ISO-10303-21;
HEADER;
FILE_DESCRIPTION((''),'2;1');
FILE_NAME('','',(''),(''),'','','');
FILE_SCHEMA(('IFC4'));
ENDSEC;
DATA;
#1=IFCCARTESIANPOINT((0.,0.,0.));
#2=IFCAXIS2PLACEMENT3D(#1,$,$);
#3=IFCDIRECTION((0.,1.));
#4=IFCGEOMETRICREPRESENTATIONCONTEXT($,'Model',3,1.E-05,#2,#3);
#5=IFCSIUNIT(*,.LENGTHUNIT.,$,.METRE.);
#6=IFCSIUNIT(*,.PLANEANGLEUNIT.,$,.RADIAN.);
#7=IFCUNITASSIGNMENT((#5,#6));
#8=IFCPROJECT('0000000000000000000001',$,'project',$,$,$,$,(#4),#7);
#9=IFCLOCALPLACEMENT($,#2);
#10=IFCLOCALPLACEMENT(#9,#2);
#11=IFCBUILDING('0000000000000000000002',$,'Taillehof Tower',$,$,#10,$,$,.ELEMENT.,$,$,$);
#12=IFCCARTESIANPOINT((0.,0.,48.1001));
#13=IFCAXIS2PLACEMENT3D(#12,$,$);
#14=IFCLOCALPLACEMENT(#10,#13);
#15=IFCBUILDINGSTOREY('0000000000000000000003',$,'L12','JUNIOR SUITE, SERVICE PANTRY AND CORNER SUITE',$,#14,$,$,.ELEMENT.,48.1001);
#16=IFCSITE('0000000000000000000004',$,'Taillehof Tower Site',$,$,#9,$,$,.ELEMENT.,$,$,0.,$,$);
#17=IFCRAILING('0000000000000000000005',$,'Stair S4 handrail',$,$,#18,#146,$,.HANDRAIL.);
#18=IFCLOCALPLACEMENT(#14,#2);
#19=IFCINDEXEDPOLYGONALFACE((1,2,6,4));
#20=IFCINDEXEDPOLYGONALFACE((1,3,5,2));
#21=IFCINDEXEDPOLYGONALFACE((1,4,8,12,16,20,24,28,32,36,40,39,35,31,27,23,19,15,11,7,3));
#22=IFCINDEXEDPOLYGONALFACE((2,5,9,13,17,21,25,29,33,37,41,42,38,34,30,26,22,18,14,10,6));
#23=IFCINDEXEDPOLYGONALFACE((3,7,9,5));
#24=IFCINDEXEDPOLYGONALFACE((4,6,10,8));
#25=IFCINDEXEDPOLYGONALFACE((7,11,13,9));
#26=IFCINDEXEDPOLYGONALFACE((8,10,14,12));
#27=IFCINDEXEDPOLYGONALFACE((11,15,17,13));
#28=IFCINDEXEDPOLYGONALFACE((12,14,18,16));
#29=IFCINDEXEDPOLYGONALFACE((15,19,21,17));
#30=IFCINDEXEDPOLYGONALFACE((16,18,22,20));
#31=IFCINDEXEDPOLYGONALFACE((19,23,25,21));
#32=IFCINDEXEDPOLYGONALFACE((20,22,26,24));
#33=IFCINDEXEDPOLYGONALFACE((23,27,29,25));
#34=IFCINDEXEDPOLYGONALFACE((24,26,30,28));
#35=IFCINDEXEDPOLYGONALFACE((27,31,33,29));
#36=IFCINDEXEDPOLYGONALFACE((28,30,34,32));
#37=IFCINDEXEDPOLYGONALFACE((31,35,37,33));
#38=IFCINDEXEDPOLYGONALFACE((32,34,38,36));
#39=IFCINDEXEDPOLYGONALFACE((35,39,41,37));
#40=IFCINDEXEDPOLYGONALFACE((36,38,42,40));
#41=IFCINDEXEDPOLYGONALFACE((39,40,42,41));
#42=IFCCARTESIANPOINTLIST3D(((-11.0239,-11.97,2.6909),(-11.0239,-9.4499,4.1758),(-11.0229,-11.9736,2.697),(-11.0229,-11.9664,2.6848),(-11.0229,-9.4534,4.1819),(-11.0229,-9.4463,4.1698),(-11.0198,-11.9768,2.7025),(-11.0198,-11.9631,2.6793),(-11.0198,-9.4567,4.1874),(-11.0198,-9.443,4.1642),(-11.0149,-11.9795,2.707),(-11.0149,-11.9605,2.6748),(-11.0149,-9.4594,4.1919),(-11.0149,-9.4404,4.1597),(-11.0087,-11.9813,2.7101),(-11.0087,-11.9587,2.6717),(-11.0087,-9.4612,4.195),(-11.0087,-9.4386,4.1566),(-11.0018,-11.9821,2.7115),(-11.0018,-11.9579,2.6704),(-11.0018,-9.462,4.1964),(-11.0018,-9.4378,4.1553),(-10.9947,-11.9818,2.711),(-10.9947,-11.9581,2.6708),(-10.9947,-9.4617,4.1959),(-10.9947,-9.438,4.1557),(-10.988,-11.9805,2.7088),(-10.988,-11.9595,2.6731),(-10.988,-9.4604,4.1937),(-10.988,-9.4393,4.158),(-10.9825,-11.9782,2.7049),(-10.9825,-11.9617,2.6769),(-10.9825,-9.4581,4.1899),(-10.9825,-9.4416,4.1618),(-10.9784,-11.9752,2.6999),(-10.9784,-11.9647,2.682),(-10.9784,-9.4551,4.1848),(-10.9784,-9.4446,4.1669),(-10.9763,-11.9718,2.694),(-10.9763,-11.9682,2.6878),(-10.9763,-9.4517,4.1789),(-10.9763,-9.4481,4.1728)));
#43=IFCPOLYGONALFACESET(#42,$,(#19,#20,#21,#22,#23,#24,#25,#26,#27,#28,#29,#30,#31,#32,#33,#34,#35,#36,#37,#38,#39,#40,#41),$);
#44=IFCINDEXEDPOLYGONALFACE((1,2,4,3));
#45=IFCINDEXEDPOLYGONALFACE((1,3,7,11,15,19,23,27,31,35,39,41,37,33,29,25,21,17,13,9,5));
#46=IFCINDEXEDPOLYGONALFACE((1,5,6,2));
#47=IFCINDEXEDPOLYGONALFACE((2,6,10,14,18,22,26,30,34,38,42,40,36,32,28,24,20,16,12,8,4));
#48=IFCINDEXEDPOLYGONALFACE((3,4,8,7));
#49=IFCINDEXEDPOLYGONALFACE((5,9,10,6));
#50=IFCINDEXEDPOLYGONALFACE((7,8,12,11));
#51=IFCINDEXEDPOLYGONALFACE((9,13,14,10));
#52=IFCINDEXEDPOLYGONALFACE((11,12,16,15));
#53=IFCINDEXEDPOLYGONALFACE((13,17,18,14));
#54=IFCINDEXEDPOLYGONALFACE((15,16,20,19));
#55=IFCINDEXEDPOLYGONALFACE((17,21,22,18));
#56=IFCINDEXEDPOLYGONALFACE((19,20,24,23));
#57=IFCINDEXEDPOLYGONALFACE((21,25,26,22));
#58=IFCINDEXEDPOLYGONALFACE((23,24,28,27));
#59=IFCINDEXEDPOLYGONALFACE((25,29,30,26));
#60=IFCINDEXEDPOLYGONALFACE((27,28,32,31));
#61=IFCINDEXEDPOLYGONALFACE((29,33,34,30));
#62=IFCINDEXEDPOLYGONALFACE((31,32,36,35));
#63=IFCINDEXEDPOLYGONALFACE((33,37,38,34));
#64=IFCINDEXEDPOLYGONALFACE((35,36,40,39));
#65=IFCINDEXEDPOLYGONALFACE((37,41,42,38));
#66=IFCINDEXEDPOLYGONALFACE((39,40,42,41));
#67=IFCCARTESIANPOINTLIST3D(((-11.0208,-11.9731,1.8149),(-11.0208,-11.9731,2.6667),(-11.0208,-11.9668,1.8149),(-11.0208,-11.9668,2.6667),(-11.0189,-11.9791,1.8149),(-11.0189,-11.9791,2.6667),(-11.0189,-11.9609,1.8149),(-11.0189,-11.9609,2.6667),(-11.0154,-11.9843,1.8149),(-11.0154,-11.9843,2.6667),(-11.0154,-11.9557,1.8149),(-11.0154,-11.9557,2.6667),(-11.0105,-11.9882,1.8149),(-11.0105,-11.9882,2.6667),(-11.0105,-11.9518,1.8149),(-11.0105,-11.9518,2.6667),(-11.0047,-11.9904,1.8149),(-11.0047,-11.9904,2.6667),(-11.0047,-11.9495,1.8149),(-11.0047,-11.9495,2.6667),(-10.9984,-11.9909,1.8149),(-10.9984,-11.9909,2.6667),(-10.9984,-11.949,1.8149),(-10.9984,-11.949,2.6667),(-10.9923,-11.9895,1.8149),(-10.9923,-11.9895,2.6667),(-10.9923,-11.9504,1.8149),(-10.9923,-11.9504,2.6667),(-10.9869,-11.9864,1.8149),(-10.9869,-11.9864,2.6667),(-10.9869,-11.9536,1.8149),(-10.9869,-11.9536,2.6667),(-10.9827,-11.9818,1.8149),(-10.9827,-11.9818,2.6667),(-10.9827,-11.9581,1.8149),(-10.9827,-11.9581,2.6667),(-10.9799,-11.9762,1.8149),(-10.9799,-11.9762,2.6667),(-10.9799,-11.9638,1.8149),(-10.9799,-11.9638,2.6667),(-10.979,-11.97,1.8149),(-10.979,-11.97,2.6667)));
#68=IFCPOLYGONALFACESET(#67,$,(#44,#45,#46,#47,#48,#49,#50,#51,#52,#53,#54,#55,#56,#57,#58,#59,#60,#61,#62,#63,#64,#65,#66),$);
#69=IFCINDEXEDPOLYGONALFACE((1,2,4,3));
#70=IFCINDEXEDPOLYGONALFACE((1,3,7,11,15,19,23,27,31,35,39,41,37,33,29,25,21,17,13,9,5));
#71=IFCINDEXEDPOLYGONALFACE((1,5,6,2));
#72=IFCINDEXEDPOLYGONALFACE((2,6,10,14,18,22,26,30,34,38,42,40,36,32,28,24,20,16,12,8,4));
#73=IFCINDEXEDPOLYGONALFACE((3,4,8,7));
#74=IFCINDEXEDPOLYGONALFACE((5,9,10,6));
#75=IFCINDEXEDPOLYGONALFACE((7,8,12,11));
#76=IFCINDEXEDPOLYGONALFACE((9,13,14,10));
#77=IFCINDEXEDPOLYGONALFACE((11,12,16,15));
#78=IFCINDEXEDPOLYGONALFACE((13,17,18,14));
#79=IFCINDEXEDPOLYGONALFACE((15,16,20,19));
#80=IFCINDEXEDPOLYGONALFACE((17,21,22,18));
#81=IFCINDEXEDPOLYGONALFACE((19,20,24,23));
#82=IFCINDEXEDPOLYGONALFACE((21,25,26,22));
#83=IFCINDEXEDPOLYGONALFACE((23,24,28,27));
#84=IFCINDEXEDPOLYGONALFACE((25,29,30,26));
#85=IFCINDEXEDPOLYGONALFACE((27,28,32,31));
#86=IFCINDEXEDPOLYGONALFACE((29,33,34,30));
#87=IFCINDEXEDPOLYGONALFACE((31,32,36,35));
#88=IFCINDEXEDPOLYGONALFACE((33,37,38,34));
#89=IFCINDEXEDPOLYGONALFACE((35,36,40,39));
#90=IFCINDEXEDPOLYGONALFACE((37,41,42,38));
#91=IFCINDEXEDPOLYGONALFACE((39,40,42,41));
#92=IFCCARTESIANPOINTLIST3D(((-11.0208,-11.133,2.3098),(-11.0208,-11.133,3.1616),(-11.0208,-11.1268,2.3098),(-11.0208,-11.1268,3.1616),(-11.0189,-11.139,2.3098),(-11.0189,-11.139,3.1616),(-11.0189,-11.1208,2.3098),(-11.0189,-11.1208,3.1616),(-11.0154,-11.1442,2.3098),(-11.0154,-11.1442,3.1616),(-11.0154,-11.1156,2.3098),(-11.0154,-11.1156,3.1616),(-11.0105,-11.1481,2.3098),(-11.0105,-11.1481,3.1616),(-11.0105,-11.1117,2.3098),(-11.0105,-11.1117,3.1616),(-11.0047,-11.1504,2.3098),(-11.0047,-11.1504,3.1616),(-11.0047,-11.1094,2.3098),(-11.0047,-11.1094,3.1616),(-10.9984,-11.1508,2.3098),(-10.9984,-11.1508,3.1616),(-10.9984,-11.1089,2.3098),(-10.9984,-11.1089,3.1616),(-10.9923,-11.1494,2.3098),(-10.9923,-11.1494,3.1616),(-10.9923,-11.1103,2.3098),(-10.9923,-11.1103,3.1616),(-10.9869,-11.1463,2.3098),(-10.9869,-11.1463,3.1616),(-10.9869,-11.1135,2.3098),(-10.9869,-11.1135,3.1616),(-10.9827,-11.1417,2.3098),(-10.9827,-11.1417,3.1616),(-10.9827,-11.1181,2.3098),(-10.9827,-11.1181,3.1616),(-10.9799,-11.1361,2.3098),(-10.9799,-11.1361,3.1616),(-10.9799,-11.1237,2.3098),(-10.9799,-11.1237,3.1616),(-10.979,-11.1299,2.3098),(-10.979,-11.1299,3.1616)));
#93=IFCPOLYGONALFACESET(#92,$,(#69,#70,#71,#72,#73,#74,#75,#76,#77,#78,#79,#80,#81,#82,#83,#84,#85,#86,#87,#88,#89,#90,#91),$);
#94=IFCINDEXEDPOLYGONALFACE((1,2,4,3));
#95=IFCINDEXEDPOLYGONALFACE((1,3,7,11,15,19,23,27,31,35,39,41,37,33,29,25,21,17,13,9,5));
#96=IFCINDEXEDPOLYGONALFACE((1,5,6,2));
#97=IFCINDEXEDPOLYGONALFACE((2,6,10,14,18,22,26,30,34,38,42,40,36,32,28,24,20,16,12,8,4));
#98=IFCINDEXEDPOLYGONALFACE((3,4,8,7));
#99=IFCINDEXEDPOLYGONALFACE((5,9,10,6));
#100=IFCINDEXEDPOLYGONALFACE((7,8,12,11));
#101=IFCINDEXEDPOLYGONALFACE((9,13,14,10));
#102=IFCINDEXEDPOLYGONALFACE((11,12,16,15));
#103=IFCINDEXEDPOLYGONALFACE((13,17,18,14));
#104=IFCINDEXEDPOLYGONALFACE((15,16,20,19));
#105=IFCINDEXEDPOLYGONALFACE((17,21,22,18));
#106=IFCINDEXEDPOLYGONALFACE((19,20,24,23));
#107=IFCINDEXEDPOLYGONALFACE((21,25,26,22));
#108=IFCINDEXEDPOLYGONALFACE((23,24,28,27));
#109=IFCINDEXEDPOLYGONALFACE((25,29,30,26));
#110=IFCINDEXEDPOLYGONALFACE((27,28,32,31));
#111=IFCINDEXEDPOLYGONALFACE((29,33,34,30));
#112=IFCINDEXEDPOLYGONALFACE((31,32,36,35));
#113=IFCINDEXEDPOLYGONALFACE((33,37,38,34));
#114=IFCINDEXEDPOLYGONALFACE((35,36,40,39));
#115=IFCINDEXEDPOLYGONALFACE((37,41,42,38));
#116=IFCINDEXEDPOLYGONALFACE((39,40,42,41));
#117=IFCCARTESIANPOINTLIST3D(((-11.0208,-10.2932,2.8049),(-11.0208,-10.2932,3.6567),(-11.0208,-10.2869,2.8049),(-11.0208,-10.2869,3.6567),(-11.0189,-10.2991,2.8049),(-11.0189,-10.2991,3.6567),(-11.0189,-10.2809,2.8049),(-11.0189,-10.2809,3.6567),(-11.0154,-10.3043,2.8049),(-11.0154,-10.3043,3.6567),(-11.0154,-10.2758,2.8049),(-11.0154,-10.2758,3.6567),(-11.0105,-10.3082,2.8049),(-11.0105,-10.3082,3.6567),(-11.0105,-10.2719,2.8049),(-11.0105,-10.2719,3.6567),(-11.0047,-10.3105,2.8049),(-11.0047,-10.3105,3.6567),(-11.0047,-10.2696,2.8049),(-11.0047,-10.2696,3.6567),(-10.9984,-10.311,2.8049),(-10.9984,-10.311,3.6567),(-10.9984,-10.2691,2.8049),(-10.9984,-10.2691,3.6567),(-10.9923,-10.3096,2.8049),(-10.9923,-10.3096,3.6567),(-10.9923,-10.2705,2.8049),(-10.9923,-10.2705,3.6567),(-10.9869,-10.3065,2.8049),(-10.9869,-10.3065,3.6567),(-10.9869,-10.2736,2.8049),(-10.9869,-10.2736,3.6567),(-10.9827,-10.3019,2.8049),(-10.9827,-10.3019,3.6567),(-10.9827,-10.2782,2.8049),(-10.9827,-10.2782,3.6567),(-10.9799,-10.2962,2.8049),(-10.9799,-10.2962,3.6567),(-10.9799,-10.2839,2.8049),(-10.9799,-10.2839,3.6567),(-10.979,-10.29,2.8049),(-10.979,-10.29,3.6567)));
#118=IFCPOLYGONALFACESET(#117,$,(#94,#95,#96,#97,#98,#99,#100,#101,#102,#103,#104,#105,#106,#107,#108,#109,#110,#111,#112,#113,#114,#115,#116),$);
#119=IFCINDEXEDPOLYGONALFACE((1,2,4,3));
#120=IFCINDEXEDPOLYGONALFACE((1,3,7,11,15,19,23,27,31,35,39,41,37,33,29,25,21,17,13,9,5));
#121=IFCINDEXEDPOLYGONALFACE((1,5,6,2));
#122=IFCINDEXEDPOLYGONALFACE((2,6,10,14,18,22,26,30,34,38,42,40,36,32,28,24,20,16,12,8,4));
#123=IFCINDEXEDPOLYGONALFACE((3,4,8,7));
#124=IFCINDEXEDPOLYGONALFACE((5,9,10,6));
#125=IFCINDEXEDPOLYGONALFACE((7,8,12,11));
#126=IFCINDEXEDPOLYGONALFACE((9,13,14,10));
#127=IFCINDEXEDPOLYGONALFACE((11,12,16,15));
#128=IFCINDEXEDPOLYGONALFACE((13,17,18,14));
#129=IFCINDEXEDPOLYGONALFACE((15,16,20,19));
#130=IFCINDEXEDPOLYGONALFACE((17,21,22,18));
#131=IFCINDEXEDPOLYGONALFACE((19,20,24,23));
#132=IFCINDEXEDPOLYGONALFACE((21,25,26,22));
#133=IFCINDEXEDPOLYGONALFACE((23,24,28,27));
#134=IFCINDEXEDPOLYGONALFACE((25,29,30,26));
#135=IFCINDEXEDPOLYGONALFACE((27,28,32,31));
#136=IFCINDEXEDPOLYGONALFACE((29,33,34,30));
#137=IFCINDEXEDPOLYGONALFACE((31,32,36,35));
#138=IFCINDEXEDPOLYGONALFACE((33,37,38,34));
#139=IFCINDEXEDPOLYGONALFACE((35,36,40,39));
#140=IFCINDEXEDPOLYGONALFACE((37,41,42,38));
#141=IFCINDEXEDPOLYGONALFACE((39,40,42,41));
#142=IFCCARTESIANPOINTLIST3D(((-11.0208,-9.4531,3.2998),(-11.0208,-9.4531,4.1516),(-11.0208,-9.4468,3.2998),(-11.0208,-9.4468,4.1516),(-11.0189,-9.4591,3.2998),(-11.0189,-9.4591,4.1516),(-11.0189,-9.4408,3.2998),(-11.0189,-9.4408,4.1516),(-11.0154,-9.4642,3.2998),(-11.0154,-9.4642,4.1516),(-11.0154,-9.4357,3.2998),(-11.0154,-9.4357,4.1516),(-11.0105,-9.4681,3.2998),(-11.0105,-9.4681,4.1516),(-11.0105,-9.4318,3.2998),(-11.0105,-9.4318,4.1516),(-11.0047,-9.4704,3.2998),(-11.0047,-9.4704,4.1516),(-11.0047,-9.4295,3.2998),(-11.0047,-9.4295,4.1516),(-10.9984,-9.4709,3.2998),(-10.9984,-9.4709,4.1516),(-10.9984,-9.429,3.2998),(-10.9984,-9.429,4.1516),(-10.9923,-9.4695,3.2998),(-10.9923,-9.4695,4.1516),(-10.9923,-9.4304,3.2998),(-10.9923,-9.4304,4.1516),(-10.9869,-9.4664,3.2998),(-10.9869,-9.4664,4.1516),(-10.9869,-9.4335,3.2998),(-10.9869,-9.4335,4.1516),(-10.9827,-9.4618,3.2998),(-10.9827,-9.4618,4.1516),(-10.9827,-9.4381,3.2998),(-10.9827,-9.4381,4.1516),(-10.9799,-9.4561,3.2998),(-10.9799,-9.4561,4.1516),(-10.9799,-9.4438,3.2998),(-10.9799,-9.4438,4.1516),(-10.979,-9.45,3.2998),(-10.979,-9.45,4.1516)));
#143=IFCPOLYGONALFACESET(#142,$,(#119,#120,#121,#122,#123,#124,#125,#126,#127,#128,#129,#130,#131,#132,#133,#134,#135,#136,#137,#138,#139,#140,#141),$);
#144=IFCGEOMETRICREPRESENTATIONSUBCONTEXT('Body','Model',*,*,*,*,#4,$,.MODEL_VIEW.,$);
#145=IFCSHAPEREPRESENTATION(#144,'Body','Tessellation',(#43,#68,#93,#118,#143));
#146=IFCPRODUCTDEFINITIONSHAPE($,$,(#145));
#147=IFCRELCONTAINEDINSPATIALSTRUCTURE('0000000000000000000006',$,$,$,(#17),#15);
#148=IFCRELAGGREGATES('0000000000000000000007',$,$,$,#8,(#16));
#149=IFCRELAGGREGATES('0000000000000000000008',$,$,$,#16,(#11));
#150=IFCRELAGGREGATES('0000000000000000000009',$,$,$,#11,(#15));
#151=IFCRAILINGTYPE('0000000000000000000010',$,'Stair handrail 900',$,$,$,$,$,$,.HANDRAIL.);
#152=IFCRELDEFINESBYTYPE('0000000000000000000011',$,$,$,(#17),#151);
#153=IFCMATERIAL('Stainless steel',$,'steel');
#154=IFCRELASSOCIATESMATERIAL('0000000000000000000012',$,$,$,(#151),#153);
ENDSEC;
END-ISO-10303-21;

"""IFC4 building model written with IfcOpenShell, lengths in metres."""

from ifc_helpers import new_model, si_unit, direction, frame, origin, origin_2d, place, context, subcontext, project, spatial, circle, extrude, material, type_object, element, save


model = new_model("IFC4")

# Units and contexts
model_context = context("Model", 3, precision=1e-05, world=origin(), true_north=direction((0.0, 1.0)))
body_context = subcontext(model_context, "Body", "Model", "MODEL_VIEW")
ifc_project = project(units=[si_unit("LENGTHUNIT", "METRE"), si_unit("PLANEANGLEUNIT", "RADIAN")], contexts=[model_context])

# Site, building, storey
site_placement = place(None, origin())
site = spatial("IfcSite", under=ifc_project, at=site_placement, Name="Taillehof Tower Site", CompositionType="ELEMENT", RefElevation=0.0)
building_placement = place(site_placement, origin())
building = spatial("IfcBuilding", under=site, at=building_placement, Name="Taillehof Tower", CompositionType="ELEMENT")
storey_placement = place(building_placement, frame((0.0, 0.0, 48.1001)))
storey = spatial("IfcBuildingStorey", under=building, at=storey_placement, Name="L12", Description="JUNIOR SUITE, SERVICE PANTRY AND CORNER SUITE", CompositionType="ELEMENT", Elevation=48.1001)

# Railing
ifc_material_1 = material(Name="Stainless steel", Category="steel")
railing_type = type_object("IfcRailingType", Name="Stair handrail 900", PredefinedType="HANDRAIL", material=ifc_material_1)
railing_placement = place(storey_placement, frame((-11.0, -11.97, 1.8149)))
element("IfcRailing", 1, at=railing_placement, inside=storey, type_object=railing_type, Name="Stair S4 handrail", PredefinedType="HANDRAIL", context=body_context, shape_type="SweptSolid", body=[
    extrude(circle(Radius=0.0239, at=origin_2d()), frame((0.0, 0.0, 0.876), z_axis=(0.0, 0.861561, 0.507655), x_axis=(-1.0, 0.0, 0.0)), (0.0, 0.0, 1.0), 2.925),
    extrude(circle(Radius=0.021, at=origin_2d()), origin(), (0.0, 0.0, 1.0), 0.8518),
    extrude(circle(Radius=0.021, at=origin_2d()), frame((0.0, 0.8401, 0.4949)), (0.0, 0.0, 1.0), 0.8518),
    extrude(circle(Radius=0.021, at=origin_2d()), frame((0.0, 1.6799, 0.99)), (0.0, 0.0, 1.0), 0.8518),
    extrude(circle(Radius=0.021, at=origin_2d()), frame((0.0, 2.52, 1.4849)), (0.0, 0.0, 1.0), 0.8518),
])

save(model, "model.ifc")
